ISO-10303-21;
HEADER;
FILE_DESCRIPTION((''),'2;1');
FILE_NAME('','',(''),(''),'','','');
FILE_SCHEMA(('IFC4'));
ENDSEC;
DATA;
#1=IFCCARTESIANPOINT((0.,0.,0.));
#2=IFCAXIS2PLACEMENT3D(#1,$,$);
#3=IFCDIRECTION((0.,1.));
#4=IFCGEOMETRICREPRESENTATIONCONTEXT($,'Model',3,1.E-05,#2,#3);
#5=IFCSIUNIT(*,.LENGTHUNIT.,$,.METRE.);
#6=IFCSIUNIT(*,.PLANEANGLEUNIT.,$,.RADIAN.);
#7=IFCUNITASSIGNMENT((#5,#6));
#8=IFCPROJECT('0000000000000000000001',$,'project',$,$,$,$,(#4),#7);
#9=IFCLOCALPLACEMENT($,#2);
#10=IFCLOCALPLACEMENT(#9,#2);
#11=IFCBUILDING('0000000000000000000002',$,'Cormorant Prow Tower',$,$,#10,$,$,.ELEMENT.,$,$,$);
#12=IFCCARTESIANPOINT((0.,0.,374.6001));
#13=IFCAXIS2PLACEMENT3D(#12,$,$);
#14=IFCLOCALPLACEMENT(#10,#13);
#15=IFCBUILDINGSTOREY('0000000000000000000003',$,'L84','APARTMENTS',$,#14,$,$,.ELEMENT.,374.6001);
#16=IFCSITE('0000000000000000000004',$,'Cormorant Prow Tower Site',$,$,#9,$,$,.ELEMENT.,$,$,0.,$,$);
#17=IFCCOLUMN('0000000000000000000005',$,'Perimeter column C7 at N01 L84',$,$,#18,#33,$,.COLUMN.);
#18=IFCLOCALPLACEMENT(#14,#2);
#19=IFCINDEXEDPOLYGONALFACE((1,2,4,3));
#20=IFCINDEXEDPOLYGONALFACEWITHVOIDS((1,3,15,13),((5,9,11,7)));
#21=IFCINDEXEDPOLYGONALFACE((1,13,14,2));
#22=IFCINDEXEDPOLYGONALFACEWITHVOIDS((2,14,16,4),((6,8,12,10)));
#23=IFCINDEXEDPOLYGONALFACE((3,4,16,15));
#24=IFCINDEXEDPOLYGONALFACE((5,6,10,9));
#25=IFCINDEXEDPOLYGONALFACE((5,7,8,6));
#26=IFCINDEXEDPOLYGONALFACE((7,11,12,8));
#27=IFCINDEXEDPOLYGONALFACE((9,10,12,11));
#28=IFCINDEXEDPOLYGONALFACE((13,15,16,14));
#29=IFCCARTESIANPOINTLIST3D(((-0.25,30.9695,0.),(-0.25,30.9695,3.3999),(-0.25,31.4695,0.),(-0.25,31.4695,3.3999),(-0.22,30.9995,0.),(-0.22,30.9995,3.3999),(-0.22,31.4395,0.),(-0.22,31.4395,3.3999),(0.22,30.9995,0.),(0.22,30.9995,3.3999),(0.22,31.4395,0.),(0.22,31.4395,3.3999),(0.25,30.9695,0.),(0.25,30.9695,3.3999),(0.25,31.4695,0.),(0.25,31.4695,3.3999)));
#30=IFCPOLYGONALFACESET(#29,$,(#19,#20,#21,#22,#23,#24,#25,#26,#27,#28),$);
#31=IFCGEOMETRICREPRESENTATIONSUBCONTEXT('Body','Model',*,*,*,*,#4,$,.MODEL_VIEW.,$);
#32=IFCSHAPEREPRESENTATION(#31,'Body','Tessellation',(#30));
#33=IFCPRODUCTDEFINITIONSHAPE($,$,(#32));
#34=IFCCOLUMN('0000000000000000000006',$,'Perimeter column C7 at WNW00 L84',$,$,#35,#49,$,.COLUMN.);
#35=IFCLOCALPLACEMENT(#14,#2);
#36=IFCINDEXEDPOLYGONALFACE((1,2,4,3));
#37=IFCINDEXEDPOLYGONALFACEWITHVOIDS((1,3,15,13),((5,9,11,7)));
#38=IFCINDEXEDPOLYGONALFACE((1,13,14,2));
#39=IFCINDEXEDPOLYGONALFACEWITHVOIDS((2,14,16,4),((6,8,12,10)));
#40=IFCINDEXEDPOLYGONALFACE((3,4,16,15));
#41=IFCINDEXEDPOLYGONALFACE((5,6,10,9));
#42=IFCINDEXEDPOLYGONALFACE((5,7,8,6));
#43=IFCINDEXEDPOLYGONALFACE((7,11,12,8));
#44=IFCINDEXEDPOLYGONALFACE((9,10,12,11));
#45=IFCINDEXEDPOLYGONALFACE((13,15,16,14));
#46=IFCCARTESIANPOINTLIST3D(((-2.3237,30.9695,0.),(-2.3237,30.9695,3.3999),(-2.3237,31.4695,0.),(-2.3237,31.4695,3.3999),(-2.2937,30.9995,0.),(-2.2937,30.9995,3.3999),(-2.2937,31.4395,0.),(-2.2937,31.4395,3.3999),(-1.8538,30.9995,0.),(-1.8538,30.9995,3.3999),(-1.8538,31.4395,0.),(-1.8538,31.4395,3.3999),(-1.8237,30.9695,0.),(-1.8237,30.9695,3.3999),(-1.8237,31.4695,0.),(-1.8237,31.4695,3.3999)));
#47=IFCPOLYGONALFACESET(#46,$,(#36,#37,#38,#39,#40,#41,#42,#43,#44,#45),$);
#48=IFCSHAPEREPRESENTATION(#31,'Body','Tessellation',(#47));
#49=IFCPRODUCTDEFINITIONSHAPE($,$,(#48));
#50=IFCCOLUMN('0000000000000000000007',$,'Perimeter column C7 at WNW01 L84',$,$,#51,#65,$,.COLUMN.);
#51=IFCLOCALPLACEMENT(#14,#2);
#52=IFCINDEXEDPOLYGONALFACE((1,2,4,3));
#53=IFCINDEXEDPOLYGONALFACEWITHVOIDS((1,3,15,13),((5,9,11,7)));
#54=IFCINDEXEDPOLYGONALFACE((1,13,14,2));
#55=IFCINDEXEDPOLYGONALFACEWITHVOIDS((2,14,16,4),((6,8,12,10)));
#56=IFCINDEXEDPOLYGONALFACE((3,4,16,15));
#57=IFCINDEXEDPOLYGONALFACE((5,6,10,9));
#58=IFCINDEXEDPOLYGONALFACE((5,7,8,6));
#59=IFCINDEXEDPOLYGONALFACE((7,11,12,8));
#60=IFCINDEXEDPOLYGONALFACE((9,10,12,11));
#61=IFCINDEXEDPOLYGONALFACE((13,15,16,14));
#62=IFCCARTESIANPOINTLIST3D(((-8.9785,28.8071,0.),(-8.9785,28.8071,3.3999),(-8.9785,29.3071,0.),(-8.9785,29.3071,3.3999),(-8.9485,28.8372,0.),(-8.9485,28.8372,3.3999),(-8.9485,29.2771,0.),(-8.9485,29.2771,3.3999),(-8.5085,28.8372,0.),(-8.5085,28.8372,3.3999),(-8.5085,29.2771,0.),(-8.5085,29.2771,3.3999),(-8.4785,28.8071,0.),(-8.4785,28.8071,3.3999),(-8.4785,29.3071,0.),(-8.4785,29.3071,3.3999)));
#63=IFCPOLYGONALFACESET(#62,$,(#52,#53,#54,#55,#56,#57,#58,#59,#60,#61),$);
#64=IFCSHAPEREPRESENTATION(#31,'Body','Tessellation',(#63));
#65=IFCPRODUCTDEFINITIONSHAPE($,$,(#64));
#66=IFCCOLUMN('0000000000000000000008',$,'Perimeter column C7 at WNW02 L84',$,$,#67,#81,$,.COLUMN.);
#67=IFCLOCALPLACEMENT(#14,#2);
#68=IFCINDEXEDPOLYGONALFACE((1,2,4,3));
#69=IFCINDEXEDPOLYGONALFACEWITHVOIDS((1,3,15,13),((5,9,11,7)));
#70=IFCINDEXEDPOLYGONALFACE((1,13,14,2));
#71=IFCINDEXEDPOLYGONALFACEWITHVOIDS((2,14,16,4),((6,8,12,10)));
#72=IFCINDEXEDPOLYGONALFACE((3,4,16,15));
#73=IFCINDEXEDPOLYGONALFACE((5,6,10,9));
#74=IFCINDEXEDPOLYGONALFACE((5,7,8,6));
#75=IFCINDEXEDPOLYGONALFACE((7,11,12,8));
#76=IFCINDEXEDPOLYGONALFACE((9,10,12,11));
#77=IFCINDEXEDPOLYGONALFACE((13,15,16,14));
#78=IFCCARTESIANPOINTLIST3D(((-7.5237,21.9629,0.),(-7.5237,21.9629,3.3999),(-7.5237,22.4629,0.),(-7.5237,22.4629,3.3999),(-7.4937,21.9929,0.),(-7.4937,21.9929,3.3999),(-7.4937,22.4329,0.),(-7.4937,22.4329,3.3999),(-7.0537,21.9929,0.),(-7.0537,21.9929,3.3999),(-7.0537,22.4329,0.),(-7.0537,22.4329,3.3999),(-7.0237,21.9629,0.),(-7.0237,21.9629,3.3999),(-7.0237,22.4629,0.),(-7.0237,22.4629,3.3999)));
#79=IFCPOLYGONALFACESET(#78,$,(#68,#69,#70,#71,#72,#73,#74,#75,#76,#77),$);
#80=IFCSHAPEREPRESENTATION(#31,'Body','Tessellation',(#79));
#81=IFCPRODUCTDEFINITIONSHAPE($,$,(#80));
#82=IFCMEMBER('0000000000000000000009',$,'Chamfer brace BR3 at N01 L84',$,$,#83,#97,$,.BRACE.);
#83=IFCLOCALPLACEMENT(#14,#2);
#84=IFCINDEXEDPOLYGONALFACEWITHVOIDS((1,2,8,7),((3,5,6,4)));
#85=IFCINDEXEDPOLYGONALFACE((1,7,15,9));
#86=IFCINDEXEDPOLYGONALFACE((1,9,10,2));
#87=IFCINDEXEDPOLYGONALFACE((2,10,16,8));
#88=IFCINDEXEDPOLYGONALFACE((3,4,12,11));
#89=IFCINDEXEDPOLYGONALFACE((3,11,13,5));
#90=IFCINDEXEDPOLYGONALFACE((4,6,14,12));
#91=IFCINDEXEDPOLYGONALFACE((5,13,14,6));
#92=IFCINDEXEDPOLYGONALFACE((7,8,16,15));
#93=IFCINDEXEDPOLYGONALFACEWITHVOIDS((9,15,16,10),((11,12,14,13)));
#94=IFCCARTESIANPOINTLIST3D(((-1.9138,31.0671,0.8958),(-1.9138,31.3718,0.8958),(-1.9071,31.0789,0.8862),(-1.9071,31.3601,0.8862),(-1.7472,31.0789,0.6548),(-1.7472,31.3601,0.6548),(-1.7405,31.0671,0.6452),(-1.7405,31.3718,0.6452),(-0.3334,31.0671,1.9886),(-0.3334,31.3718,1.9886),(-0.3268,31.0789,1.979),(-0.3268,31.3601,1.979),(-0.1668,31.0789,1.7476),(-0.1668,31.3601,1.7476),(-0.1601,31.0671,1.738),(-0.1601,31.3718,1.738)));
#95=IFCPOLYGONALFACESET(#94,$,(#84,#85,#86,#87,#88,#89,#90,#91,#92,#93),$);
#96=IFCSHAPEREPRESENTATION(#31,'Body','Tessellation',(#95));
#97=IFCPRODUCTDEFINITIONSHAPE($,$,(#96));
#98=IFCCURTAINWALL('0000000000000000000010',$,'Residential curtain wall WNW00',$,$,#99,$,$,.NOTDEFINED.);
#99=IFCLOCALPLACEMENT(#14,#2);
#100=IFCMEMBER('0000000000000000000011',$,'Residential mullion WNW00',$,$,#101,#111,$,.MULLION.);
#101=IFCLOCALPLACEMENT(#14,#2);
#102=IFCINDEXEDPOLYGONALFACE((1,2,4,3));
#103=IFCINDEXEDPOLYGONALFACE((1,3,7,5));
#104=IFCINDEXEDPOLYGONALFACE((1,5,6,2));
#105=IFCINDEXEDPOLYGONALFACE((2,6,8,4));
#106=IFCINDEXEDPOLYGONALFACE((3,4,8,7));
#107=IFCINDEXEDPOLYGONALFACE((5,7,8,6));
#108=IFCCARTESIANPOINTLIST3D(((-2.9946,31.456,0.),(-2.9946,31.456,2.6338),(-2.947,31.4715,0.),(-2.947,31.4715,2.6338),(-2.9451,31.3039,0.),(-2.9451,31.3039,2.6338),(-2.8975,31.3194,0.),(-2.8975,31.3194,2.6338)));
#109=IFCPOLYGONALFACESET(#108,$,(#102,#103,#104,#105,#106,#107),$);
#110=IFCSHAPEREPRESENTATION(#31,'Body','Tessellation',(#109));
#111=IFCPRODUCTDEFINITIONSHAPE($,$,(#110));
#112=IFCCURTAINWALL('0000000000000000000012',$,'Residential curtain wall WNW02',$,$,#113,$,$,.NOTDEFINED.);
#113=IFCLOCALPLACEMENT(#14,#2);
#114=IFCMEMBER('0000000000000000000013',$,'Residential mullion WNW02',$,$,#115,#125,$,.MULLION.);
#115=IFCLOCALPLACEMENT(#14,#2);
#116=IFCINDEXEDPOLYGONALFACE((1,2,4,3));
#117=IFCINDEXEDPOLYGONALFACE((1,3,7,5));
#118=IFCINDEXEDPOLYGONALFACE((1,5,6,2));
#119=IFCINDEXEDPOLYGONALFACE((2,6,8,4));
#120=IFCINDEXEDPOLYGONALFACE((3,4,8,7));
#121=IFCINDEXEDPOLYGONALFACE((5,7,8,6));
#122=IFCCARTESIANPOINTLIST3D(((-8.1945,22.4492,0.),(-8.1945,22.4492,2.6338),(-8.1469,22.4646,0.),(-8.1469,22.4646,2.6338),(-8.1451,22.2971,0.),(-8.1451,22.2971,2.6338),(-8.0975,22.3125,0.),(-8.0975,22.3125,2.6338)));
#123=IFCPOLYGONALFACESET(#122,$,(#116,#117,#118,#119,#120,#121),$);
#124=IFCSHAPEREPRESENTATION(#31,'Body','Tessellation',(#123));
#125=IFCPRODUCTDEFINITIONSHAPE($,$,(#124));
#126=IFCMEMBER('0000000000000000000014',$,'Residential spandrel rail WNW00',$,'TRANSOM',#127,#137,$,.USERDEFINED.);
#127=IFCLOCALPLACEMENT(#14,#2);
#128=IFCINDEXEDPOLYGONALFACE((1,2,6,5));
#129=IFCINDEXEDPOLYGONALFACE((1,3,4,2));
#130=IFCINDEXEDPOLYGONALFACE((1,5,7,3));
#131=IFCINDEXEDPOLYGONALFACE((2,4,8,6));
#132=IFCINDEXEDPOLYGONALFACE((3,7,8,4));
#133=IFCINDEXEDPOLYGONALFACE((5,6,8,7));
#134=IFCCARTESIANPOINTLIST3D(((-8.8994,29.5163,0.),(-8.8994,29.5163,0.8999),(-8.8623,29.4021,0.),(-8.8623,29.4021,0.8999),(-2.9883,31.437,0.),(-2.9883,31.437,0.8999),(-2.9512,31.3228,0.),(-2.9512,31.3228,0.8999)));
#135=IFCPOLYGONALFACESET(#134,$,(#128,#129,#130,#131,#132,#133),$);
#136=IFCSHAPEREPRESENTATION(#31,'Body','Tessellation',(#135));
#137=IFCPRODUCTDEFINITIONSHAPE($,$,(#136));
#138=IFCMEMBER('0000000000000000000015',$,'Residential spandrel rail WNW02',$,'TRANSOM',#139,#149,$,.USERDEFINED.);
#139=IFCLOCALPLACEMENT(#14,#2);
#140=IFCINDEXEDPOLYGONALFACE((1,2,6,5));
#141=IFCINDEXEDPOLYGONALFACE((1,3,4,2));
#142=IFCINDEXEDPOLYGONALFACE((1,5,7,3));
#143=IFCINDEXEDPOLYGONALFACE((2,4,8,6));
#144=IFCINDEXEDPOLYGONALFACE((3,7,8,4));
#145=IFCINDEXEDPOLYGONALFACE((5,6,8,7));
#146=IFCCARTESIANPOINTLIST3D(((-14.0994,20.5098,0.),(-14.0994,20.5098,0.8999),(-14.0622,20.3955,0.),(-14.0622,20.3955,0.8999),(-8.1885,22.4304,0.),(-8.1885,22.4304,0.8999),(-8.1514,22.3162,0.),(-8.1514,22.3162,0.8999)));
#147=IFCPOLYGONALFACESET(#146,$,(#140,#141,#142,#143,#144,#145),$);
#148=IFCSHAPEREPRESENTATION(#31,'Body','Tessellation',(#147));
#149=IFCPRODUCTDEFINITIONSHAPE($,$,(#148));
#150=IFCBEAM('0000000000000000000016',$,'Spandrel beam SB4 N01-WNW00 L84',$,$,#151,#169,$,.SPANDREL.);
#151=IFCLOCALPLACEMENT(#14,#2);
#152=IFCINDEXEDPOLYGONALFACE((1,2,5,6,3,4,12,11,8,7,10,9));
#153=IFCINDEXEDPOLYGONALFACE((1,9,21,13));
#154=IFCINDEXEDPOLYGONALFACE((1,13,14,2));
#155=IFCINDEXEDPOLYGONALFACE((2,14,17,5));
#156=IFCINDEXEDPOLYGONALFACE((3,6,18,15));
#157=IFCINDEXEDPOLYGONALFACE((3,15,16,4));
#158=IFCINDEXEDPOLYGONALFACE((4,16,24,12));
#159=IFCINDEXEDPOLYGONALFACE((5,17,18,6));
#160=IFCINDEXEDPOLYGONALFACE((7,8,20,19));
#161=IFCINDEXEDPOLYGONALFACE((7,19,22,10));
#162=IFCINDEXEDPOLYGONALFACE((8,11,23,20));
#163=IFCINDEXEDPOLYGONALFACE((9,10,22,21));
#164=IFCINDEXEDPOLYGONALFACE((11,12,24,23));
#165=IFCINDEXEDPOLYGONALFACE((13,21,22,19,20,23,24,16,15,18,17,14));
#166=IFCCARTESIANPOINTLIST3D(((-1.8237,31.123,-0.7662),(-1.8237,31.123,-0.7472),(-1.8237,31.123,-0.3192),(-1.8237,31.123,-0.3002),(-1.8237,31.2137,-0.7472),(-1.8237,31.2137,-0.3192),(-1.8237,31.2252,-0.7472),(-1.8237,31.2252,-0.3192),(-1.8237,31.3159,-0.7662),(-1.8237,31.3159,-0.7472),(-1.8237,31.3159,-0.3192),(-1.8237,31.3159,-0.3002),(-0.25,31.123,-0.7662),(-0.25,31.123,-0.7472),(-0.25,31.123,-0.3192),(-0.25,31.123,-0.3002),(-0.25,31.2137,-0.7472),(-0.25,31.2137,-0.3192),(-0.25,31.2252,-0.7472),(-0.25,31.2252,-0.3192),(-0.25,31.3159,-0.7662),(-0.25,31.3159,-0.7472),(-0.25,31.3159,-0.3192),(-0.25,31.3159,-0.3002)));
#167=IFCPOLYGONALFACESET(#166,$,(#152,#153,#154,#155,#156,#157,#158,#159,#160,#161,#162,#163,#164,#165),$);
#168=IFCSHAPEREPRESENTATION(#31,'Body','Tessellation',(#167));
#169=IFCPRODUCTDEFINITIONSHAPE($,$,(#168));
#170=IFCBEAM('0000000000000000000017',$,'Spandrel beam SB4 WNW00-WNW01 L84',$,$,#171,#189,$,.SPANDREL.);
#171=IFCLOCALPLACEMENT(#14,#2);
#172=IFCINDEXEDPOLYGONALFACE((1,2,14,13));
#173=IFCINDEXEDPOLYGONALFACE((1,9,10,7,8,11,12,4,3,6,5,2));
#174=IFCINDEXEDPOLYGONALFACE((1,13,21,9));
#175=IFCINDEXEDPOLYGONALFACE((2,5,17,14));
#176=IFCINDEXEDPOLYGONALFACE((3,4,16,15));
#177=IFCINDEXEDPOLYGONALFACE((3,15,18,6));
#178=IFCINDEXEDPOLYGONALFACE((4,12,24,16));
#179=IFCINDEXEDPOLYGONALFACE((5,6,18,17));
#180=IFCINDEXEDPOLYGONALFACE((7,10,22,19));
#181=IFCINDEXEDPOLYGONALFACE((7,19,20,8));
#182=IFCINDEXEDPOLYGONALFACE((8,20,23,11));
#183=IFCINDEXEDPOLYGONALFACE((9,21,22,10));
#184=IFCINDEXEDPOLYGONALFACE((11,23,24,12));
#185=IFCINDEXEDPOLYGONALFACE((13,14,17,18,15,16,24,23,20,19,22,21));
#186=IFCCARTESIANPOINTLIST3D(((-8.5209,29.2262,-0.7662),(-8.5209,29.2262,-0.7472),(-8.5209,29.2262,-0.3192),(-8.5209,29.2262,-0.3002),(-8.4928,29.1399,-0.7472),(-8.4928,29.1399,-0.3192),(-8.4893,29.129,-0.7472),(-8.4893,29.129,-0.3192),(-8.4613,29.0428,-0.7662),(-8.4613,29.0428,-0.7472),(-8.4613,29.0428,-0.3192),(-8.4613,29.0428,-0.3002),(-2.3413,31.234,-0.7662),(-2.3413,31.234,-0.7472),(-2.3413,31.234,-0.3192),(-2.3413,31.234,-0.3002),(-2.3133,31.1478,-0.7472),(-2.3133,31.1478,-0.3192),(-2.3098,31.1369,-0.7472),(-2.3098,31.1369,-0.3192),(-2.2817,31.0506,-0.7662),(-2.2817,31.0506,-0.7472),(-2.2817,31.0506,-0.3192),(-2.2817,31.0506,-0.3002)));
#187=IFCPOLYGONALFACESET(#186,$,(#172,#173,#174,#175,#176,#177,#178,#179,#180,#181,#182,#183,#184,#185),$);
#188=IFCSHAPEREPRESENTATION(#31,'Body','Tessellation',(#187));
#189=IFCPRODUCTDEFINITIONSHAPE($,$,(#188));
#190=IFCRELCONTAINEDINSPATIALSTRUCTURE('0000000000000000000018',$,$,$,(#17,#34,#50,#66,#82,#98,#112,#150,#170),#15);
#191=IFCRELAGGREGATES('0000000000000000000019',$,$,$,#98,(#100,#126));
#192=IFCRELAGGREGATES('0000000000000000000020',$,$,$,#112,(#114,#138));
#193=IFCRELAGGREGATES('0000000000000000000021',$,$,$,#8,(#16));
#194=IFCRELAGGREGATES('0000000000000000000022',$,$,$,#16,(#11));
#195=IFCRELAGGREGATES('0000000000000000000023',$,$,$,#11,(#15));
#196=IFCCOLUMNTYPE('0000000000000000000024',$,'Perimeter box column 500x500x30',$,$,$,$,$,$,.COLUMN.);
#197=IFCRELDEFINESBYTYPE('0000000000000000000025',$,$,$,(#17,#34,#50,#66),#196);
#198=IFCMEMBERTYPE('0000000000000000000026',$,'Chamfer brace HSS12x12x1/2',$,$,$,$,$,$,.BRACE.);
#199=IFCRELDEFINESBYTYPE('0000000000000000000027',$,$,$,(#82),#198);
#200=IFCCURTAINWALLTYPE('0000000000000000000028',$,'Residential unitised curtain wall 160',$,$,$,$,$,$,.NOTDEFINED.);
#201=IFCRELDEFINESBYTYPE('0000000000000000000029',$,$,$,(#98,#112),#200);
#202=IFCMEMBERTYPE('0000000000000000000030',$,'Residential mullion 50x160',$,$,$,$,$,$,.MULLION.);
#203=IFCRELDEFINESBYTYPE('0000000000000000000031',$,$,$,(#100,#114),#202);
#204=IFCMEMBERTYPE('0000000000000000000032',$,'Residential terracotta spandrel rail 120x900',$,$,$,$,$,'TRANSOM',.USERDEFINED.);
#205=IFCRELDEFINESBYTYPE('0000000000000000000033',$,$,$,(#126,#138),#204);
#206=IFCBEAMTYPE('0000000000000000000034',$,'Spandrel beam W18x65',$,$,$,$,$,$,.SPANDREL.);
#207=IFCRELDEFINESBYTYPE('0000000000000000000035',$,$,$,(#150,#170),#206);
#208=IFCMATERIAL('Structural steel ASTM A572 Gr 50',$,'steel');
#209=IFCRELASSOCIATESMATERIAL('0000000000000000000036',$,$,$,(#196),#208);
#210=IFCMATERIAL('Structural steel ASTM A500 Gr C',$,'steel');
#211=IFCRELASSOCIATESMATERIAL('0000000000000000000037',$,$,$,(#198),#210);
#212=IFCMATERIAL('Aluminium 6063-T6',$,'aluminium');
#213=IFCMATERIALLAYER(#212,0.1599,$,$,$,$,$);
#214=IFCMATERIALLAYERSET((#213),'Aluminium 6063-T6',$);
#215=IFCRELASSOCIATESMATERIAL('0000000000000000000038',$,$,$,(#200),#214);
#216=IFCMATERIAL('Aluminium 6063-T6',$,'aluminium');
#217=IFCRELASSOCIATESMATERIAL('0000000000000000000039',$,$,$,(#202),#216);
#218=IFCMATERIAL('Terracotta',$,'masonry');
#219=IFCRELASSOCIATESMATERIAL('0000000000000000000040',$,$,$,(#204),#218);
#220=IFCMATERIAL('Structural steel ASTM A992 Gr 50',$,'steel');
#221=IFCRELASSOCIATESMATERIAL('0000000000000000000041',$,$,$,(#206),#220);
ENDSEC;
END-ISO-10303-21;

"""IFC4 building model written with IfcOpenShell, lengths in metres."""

from ifc_helpers import new_model, si_unit, direction, frame, origin, origin_2d, place, context, subcontext, project, spatial, rectangle, hollow_rectangle, i_section, extrude, material, layer, layer_set, material_profile, profile_set, type_object, element, aggregate, save


model = new_model("IFC4")

# Units and contexts
model_context = context("Model", 3, precision=1e-05, world=origin(), true_north=direction((0.0, 1.0)))
body_context = subcontext(model_context, "Body", "Model", "MODEL_VIEW")
ifc_project = project(units=[si_unit("LENGTHUNIT", "METRE"), si_unit("PLANEANGLEUNIT", "RADIAN")], contexts=[model_context])

# Site, building, storey
site_placement = place(None, origin())
site = spatial("IfcSite", under=ifc_project, at=site_placement, Name="Cormorant Prow Tower Site", CompositionType="ELEMENT", RefElevation=0.0)
building_placement = place(site_placement, origin())
building = spatial("IfcBuilding", under=site, at=building_placement, Name="Cormorant Prow Tower", CompositionType="ELEMENT")
storey_placement = place(building_placement, frame((0.0, 0.0, 374.6001)))
storey = spatial("IfcBuildingStorey", under=building, at=storey_placement, Name="L84", Description="APARTMENTS", CompositionType="ELEMENT", Elevation=374.6001)

# Columns
ifc_material_1 = material(Name="Structural steel ASTM A572 Gr 50", Category="steel")
ifc_material_profile_1 = material_profile(ifc_material_1, hollow_rectangle(XDim=0.5, YDim=0.5, WallThickness=0.03, at=origin_2d()), Name="Box 500x500x30")
ifc_profile_set_1 = profile_set([ifc_material_profile_1], Name="Structural steel ASTM A572 Gr 50")
column_type = type_object("IfcColumnType", Name="Perimeter box column 500x500x30", PredefinedType="COLUMN", material=ifc_profile_set_1)
for number, where, z_axis, x_axis, name in (
    (1, (0.0, 31.2195, 0.0), (0.0, 0.0, 1.0), (1.0, 0.0, 0.0), "Perimeter column C7 at N01 L84"),
    (2, (-2.0737, 31.2195, 0.0), (0.0, 0.0, 1.0), (1.0, 0.0, 0.0), "Perimeter column C7 at WNW00 L84"),
    (3, (-8.7285, 29.0571, 0.0), (0.0, 0.0, 1.0), (1.0, 0.0, 0.0), "Perimeter column C7 at WNW01 L84"),
    (4, (-7.2737, 22.2129, 0.0), (0.0, 0.0, 1.0), (1.0, 0.0, 0.0), "Perimeter column C7 at WNW02 L84"),
):
    element("IfcColumn", number, at=place(storey_placement, frame(where, z_axis=z_axis, x_axis=x_axis)), inside=storey, type_object=column_type, Name=name, PredefinedType="COLUMN", context=body_context, shape_type="SweptSolid", body=[
        extrude(hollow_rectangle(XDim=0.5, YDim=0.5, WallThickness=0.03, at=origin_2d()), origin(), (0.0, 0.0, 1.0), 3.3999),
    ])

# Member
ifc_material_2 = material(Name="Structural steel ASTM A500 Gr C", Category="steel")
ifc_material_profile_2 = material_profile(ifc_material_2, hollow_rectangle(XDim=0.3047, YDim=0.3047, WallThickness=0.0117, at=origin_2d()), Name="HSS12x12x1/2")
ifc_profile_set_2 = profile_set([ifc_material_profile_2], Name="Structural steel ASTM A500 Gr C")
member_type_1 = type_object("IfcMemberType", Name="Chamfer brace HSS12x12x1/2", PredefinedType="BRACE", material=ifc_profile_set_2)
member_1_placement = place(storey_placement, frame((-1.8271, 31.2195, 0.7705), z_axis=(0.822508, 0.0, 0.568754), x_axis=(0.0, 1.0, 0.0)))
element("IfcMember", 5, at=member_1_placement, inside=storey, type_object=member_type_1, Name="Chamfer brace BR3 at N01 L84", PredefinedType="BRACE", context=body_context, shape_type="SweptSolid", body=[
    extrude(hollow_rectangle(XDim=0.3047, YDim=0.3047, WallThickness=0.0117, at=origin_2d()), origin(), (0.0, 0.0, 1.0), 1.9214),
])

# Curtain walls, members
ifc_material_3 = material(Name="Aluminium 6063-T6", Category="aluminium")
ifc_layer_1 = layer(ifc_material_3, 0.1599)
ifc_layer_set_1 = layer_set([ifc_layer_1], Name="Aluminium 6063-T6")
curtain_wall_type = type_object("IfcCurtainWallType", Name="Residential unitised curtain wall 160", PredefinedType="NOTDEFINED", material=ifc_layer_set_1)
curtain_wall_1_placement = place(storey_placement, origin())
curtain_wall_1 = element("IfcCurtainWall", 6, at=curtain_wall_1_placement, inside=storey, type_object=curtain_wall_type, Name="Residential curtain wall WNW00", PredefinedType="NOTDEFINED")
ifc_material_4 = material(Name="Aluminium 6063-T6", Category="aluminium")
ifc_material_profile_3 = material_profile(ifc_material_4, rectangle(XDim=0.1599, YDim=0.05, at=origin_2d()), Name="Residential mullion 50x160")
ifc_profile_set_3 = profile_set([ifc_material_profile_3], Name="Aluminium 6063-T6")
member_type_2 = type_object("IfcMemberType", Name="Residential mullion 50x160", PredefinedType="MULLION", material=ifc_profile_set_3)
member_2_placement = place(storey_placement, frame((-2.946, 31.3877, 0.0), z_axis=(0.0, 0.0, 1.0), x_axis=(0.309017, -0.951057, 0.0)))
member_2 = element("IfcMember", 7, at=member_2_placement, type_object=member_type_2, Name="Residential mullion WNW00", PredefinedType="MULLION", context=body_context, shape_type="SweptSolid", body=[
    extrude(rectangle(XDim=0.1599, YDim=0.05, at=origin_2d()), origin(), (0.0, 0.0, 1.0), 2.6338),
])
curtain_wall_2_placement = place(storey_placement, origin())
curtain_wall_2 = element("IfcCurtainWall", 8, at=curtain_wall_2_placement, inside=storey, type_object=curtain_wall_type, Name="Residential curtain wall WNW02", PredefinedType="NOTDEFINED")
member_3_placement = place(storey_placement, frame((-8.146, 22.3809, 0.0), z_axis=(0.0, 0.0, 1.0), x_axis=(0.309017, -0.951056, 0.0)))
member_3 = element("IfcMember", 9, at=member_3_placement, type_object=member_type_2, Name="Residential mullion WNW02", PredefinedType="MULLION", context=body_context, shape_type="SweptSolid", body=[
    extrude(rectangle(XDim=0.1599, YDim=0.05, at=origin_2d()), origin(), (0.0, 0.0, 1.0), 2.6338),
])

# Members
ifc_material_5 = material(Name="Terracotta", Category="masonry")
ifc_material_profile_4 = material_profile(ifc_material_5, rectangle(XDim=0.1201, YDim=0.8999, at=origin_2d()), Name="Residential terracotta spandrel rail 120x900")
ifc_profile_set_4 = profile_set([ifc_material_profile_4], Name="Terracotta")
member_type_3 = type_object("IfcMemberType", Name="Residential terracotta spandrel rail 120x900", ElementType="TRANSOM", PredefinedType="USERDEFINED", material=ifc_profile_set_4)
member_4_placement = place(storey_placement, frame((-2.9697, 31.3799, 0.45), z_axis=(-0.951056, -0.309019, 0.0), x_axis=(0.309019, -0.951056, 0.0)))
member_4 = element("IfcMember", 10, at=member_4_placement, type_object=member_type_3, Name="Residential spandrel rail WNW00", ObjectType="TRANSOM", PredefinedType="USERDEFINED", context=body_context, shape_type="SweptSolid", body=[
    extrude(rectangle(XDim=0.1201, YDim=0.8999, at=origin_2d()), origin(), (0.0, 0.0, 1.0), 6.2153),
])
member_5_placement = place(storey_placement, frame((-8.1699, 22.3733, 0.45), z_axis=(-0.951052, -0.30903, 0.0), x_axis=(0.30903, -0.951052, 0.0)))
member_5 = element("IfcMember", 11, at=member_5_placement, type_object=member_type_3, Name="Residential spandrel rail WNW02", ObjectType="TRANSOM", PredefinedType="USERDEFINED", context=body_context, shape_type="SweptSolid", body=[
    extrude(rectangle(XDim=0.1201, YDim=0.8999, at=origin_2d()), origin(), (0.0, 0.0, 1.0), 6.2151),
])

# Beams
ifc_material_6 = material(Name="Structural steel ASTM A992 Gr 50", Category="steel")
ifc_material_profile_5 = material_profile(ifc_material_6, i_section(OverallWidth=0.1929, OverallDepth=0.4661, WebThickness=0.0115, FlangeThickness=0.019, at=origin_2d()), Name="W18x65")
ifc_profile_set_5 = profile_set([ifc_material_profile_5], Name="Structural steel ASTM A992 Gr 50")
beam_type = type_object("IfcBeamType", Name="Spandrel beam W18x65", PredefinedType="SPANDREL", material=ifc_profile_set_5)
beam_1_placement = place(storey_placement, frame((-0.25, 31.2195, -0.5332), z_axis=(-1.0, 0.0, 0.0), x_axis=(0.0, -1.0, 0.0)))
element("IfcBeam", 12, at=beam_1_placement, inside=storey, type_object=beam_type, Name="Spandrel beam SB4 N01-WNW00 L84", PredefinedType="SPANDREL", context=body_context, shape_type="SweptSolid", body=[
    extrude(i_section(OverallWidth=0.1929, OverallDepth=0.4661, WebThickness=0.0115, FlangeThickness=0.019, at=origin_2d()), origin(), (0.0, 0.0, 1.0), 1.5737),
])
for number, where, z_axis, x_axis, name in (
    (13, (-2.3115, 31.1423, -0.5332), (-0.951057, -0.309016, 0.0), (0.309016, -0.951057, 0.0), "Spandrel beam SB4 WNW00-WNW01 L84"),
):
    element("IfcBeam", number, at=place(storey_placement, frame(where, z_axis=z_axis, x_axis=x_axis)), inside=storey, type_object=beam_type, Name=name, PredefinedType="SPANDREL", context=body_context, shape_type="SweptSolid", body=[
        extrude(i_section(OverallWidth=0.1929, OverallDepth=0.4661, WebThickness=0.0115, FlangeThickness=0.019, at=origin_2d()), origin(), (0.0, 0.0, 1.0), 6.4976),
    ])

aggregate(curtain_wall_1, [member_2, member_4])
aggregate(curtain_wall_2, [member_3, member_5])

save(model, "model.ifc")
